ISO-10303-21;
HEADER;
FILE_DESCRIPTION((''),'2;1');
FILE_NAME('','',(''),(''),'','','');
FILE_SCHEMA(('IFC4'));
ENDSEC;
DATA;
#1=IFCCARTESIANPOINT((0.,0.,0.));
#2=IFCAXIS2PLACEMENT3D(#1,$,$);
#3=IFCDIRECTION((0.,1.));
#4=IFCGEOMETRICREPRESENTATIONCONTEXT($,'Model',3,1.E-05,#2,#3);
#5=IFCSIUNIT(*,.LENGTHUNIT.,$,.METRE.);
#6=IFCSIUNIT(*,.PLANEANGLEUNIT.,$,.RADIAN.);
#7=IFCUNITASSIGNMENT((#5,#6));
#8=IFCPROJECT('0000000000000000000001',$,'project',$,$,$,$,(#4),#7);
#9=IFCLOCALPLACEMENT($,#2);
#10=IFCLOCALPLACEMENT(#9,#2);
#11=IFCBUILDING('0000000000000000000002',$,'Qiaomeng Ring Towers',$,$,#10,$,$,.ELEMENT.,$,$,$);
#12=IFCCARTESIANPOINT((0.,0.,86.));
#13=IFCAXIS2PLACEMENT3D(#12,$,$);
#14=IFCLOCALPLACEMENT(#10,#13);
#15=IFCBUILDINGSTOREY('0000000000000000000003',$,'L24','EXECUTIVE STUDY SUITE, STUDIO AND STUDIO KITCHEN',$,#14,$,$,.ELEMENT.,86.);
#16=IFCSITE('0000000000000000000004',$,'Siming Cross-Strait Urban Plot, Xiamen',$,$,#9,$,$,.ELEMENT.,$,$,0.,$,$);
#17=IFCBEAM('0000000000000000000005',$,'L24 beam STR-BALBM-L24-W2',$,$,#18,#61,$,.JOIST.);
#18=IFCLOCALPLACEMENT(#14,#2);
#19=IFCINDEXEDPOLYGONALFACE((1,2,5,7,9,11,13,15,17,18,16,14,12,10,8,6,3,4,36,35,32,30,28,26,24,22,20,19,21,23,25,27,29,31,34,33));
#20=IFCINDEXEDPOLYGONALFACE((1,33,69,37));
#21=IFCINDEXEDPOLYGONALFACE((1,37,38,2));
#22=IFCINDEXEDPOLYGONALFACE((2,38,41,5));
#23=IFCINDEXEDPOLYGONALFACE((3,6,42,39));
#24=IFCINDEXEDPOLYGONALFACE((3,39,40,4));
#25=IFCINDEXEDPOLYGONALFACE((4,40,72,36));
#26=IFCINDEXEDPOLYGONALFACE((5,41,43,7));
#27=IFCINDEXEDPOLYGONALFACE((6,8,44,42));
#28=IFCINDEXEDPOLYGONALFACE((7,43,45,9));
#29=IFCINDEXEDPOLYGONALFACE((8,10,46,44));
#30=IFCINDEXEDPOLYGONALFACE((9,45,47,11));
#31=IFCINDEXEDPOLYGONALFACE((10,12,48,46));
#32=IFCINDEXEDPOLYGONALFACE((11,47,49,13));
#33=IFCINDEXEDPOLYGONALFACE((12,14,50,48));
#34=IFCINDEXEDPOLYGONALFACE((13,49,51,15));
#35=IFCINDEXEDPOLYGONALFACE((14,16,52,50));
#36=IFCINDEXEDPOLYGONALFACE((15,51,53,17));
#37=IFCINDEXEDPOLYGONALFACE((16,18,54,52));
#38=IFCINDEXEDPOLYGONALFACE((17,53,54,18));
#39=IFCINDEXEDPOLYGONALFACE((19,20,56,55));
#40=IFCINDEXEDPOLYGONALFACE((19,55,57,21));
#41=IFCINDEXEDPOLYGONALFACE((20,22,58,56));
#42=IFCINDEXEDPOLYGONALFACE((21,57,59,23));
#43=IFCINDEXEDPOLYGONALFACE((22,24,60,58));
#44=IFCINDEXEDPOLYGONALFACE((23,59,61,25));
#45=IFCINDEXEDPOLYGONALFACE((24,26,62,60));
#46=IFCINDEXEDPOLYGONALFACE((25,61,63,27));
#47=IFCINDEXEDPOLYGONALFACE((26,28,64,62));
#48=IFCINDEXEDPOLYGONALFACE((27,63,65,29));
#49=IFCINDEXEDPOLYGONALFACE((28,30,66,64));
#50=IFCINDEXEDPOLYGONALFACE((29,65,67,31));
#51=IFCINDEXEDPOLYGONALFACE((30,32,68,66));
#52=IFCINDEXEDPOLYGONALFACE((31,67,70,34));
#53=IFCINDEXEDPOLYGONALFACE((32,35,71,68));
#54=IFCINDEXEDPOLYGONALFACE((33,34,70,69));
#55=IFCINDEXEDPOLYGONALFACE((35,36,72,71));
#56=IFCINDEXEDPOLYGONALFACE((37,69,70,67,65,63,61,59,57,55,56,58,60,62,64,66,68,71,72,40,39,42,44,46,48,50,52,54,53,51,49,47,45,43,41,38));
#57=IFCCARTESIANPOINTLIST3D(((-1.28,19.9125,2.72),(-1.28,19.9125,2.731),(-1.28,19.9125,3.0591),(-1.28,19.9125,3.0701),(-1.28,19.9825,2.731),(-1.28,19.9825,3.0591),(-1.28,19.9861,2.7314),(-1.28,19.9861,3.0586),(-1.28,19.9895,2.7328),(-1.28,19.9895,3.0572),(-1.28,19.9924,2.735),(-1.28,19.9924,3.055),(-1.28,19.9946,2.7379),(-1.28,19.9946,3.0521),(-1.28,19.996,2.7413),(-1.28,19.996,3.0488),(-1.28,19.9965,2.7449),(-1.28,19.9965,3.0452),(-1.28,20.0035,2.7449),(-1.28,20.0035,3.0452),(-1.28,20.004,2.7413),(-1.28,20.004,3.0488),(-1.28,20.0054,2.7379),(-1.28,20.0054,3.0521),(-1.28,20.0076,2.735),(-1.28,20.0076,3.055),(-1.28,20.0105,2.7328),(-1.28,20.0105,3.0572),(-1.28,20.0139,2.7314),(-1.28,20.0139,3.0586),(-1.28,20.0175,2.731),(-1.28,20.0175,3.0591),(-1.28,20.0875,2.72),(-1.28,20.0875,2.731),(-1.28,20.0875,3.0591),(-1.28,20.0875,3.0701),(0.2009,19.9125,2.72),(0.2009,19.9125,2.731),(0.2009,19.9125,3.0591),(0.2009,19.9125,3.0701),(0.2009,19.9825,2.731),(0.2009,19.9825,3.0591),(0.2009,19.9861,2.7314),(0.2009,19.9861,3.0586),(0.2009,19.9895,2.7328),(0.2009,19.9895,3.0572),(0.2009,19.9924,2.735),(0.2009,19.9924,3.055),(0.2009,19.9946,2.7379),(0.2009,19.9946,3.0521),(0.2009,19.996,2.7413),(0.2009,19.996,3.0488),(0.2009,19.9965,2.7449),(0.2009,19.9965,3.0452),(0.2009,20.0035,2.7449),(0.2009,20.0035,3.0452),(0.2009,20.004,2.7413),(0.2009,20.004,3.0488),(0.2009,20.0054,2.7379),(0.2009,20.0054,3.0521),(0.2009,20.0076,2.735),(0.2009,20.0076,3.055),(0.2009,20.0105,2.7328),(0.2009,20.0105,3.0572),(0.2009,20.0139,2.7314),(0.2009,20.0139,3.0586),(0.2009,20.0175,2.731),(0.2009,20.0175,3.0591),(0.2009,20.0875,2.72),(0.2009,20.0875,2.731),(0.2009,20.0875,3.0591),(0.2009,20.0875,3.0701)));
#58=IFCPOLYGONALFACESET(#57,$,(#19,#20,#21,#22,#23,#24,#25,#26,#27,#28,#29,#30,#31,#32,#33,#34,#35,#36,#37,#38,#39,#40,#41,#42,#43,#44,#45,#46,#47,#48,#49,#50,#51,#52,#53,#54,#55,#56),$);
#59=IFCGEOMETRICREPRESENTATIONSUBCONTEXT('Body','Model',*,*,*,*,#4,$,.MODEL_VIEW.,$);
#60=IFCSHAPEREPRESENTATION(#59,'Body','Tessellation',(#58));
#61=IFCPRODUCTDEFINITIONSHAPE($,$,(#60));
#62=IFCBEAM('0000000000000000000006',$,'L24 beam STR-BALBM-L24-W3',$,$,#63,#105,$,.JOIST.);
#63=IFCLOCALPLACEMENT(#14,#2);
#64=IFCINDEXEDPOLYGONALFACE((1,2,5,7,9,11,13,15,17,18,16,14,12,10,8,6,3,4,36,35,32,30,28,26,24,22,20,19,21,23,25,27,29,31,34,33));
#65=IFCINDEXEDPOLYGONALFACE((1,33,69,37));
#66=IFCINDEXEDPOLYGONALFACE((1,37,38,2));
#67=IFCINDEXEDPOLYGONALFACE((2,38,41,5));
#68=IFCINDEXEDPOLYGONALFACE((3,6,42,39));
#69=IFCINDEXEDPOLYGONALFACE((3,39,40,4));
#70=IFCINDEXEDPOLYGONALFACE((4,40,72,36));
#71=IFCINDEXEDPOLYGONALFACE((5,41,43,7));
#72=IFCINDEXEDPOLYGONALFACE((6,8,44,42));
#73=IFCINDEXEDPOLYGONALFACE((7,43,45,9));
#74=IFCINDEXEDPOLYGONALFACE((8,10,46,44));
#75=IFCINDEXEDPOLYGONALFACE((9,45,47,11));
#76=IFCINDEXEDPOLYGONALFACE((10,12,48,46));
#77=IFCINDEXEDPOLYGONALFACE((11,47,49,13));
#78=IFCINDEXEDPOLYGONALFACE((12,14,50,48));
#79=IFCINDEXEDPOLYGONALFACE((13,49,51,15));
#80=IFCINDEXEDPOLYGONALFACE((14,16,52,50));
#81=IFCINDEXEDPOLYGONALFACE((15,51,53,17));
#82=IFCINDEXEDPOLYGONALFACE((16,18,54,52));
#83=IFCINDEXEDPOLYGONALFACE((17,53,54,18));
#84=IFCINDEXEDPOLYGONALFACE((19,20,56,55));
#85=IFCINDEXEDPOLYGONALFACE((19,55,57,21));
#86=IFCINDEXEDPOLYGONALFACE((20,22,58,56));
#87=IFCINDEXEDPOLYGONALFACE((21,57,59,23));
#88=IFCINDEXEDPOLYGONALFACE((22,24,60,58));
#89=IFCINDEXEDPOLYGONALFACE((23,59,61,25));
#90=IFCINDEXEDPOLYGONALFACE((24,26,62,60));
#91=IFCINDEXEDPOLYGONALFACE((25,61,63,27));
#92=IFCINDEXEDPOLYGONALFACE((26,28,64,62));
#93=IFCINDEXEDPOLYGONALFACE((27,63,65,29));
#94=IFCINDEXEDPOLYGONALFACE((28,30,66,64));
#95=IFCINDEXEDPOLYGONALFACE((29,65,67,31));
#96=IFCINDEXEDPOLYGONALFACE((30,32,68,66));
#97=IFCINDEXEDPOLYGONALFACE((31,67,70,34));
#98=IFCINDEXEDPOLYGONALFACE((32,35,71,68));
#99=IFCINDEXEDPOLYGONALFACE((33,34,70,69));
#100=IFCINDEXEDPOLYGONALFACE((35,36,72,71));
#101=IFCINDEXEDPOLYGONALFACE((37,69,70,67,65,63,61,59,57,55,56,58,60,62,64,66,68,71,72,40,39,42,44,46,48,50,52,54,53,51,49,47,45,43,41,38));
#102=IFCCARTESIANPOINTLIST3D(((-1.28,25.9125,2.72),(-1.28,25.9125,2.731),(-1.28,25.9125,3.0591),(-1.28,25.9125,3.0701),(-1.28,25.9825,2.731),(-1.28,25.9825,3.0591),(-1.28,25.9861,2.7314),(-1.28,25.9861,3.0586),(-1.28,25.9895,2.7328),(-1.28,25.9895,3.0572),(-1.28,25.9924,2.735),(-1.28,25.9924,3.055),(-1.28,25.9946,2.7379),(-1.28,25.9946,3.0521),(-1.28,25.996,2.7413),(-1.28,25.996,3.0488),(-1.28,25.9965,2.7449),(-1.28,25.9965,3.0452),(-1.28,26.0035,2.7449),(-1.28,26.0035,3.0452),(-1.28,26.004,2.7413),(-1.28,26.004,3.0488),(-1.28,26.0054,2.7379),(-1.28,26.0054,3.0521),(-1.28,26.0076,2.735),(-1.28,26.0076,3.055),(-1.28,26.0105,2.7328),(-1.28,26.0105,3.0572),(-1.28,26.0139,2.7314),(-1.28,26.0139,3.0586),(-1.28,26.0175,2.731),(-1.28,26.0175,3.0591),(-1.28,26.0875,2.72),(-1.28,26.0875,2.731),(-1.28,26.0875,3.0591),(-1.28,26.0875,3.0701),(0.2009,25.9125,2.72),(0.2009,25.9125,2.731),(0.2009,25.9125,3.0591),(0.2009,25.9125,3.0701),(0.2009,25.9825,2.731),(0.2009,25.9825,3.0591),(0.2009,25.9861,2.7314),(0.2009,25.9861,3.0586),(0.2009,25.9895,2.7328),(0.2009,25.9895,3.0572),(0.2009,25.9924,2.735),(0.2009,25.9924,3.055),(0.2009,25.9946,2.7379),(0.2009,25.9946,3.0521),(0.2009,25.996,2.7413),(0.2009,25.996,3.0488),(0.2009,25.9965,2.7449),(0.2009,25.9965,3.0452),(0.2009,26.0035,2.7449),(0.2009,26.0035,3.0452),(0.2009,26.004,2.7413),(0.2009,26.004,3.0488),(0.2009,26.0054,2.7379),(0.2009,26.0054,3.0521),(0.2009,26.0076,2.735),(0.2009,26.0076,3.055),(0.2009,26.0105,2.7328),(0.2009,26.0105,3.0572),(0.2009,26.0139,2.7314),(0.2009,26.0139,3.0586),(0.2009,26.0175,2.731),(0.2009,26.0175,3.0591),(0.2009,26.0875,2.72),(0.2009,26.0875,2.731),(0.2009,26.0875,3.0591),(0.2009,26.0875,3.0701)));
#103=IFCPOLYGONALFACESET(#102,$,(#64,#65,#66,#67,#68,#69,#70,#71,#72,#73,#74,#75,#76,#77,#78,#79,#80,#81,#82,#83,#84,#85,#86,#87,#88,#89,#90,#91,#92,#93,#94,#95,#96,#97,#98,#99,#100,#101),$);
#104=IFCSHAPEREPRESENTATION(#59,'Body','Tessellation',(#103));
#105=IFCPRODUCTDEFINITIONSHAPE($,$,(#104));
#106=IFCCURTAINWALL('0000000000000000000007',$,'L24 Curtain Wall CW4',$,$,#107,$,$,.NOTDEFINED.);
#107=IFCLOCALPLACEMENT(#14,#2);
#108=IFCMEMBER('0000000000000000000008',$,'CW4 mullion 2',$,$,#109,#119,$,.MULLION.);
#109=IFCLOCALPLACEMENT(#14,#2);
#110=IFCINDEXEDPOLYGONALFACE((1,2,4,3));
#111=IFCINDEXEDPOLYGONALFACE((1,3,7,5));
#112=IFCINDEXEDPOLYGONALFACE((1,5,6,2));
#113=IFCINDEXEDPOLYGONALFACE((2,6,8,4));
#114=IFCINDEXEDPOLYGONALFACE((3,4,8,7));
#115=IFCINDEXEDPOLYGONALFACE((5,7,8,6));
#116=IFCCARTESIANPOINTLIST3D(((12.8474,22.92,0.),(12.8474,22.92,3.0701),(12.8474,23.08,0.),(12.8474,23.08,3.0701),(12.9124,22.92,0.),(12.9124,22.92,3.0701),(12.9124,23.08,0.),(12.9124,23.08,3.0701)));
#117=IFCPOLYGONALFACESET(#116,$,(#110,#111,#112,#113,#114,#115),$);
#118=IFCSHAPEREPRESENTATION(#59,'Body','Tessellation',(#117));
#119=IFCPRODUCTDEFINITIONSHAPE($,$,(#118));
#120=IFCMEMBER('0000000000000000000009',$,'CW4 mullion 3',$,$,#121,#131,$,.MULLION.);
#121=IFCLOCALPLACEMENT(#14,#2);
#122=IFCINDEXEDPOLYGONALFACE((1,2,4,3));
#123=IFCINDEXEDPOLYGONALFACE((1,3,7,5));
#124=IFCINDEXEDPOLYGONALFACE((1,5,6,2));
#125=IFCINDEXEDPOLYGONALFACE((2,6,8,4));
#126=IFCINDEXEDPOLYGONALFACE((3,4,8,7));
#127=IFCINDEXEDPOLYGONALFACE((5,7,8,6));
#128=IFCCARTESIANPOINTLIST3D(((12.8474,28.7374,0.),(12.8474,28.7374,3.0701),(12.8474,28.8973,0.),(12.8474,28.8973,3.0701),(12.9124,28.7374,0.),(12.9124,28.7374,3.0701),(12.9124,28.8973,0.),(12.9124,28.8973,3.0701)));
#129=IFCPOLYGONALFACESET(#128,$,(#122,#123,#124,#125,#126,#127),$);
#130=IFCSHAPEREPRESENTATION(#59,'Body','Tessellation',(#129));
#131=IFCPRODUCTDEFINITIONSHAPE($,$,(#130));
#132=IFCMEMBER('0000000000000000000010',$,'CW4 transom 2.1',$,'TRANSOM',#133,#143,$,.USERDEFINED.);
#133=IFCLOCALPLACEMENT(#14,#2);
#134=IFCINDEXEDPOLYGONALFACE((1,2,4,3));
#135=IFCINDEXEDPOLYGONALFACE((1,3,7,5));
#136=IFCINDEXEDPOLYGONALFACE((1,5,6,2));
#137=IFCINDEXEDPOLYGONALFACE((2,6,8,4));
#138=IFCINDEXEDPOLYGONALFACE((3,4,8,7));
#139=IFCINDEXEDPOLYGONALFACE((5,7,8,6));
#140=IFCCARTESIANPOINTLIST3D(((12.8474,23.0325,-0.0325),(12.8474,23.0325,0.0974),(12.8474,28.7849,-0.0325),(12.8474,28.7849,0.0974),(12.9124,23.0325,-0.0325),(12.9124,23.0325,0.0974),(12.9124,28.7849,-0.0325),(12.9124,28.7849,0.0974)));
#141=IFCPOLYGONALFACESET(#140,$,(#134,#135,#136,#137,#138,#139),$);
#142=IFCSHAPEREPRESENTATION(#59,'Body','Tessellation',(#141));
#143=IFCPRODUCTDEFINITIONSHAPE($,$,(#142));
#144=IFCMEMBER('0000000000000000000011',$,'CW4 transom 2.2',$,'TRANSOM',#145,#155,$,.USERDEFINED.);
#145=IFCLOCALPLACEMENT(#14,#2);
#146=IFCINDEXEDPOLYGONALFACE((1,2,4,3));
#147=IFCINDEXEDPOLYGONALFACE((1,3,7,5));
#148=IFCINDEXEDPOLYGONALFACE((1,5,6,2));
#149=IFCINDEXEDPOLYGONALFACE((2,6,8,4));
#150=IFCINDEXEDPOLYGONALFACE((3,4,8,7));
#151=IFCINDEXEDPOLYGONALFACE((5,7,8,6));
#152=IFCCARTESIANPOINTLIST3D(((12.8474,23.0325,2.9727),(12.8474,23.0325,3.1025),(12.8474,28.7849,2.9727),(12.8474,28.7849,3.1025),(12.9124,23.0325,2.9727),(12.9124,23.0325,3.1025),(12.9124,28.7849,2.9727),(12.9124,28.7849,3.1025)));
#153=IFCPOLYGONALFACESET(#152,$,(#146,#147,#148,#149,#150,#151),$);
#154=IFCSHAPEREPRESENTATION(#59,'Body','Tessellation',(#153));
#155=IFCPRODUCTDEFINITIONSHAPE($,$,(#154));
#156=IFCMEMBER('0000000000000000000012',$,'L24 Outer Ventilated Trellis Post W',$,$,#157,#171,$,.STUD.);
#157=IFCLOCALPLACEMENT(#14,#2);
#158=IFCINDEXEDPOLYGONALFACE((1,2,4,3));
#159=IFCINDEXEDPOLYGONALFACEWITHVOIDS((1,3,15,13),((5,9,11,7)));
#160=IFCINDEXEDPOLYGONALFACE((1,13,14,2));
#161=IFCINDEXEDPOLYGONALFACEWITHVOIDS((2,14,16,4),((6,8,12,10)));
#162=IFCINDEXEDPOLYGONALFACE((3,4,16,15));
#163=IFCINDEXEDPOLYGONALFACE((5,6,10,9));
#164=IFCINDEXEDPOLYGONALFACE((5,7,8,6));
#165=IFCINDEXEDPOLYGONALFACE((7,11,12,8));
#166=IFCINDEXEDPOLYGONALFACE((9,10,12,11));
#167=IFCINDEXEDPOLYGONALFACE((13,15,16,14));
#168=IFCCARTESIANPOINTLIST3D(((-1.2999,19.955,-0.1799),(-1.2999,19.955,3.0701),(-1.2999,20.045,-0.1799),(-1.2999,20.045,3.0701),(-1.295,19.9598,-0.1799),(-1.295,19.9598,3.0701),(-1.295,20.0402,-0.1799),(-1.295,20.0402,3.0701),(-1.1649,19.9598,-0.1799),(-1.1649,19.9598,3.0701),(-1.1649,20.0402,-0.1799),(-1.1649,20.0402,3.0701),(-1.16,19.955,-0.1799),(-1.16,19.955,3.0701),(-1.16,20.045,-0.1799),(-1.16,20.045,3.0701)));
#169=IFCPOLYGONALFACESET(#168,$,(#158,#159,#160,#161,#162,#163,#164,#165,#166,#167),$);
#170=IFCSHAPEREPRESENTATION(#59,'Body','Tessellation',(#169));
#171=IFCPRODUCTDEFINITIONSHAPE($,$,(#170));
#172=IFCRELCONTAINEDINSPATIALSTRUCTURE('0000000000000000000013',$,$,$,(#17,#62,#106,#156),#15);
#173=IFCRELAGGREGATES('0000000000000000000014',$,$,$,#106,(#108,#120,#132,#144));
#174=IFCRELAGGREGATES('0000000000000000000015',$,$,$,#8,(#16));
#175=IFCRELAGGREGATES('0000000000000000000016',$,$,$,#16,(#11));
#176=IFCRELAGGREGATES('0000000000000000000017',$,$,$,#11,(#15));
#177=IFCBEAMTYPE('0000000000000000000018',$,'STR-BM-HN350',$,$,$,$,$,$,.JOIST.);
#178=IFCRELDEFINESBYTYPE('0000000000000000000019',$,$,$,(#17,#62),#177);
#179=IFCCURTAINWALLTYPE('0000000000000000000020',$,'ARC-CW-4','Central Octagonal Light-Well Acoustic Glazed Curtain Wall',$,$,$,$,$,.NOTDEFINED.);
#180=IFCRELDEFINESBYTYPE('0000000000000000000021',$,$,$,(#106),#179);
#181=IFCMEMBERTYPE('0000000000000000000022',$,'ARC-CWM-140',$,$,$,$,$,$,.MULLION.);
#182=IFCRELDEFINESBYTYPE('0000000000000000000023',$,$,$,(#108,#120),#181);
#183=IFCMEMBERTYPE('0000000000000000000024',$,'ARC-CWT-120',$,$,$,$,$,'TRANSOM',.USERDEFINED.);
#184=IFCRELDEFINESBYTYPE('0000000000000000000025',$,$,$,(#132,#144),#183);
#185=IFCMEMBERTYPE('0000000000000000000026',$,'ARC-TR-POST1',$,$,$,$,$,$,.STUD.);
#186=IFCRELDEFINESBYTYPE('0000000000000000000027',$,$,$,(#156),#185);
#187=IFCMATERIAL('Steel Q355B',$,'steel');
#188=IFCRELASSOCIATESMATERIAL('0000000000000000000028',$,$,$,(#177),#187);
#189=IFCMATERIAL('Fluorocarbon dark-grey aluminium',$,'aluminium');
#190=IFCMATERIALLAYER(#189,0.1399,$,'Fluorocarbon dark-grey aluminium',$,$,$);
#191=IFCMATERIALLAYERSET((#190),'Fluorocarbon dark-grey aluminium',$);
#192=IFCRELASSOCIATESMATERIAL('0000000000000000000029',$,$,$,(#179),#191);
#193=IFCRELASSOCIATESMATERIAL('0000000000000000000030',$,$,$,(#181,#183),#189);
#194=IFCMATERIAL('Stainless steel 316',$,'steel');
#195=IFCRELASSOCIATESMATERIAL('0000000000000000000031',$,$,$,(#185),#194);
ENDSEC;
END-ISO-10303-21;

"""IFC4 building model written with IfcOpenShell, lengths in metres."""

from ifc_helpers import new_model, si_unit, direction, frame, origin, origin_2d, place, context, subcontext, project, spatial, rectangle, hollow_rectangle, i_section, extrude, source, transform, mapped, material, layer, layer_set, material_profile, profile_set, type_object, element, aggregate, save


model = new_model("IFC4")

# Units and contexts
model_context = context("Model", 3, precision=1e-05, world=origin(), true_north=direction((0.0, 1.0)))
body_context = subcontext(model_context, "Body", "Model", "MODEL_VIEW")
ifc_project = project(units=[si_unit("LENGTHUNIT", "METRE"), si_unit("PLANEANGLEUNIT", "RADIAN")], contexts=[model_context])

# Site, building, storey
site_placement = place(None, origin())
site = spatial("IfcSite", under=ifc_project, at=site_placement, Name="Siming Cross-Strait Urban Plot, Xiamen", CompositionType="ELEMENT", RefElevation=0.0)
building_placement = place(site_placement, origin())
building = spatial("IfcBuilding", under=site, at=building_placement, Name="Qiaomeng Ring Towers", CompositionType="ELEMENT")
storey_placement = place(building_placement, frame((0.0, 0.0, 86.0)))
storey = spatial("IfcBuildingStorey", under=building, at=storey_placement, Name="L24", Description="EXECUTIVE STUDY SUITE, STUDIO AND STUDIO KITCHEN", CompositionType="ELEMENT", Elevation=86.0)

# Beams
ifc_material_1 = material(Name="Steel Q355B", Category="steel")
ifc_material_profile_1 = material_profile(ifc_material_1, i_section(OverallWidth=0.175, OverallDepth=0.3501, WebThickness=0.0071, FlangeThickness=0.011, FilletRadius=0.0139, at=origin_2d()), Name="HN 350x175x7x11")
ifc_profile_set_1 = profile_set([ifc_material_profile_1], Name="Steel Q355B")
beam_type_1 = type_object("IfcBeamType", Name="STR-BM-HN350", PredefinedType="JOIST", material=ifc_profile_set_1)
shared_shape_1 = source(origin(), body_context, "Body", "SweptSolid", [
    extrude(i_section(OverallWidth=0.175, OverallDepth=0.3501, WebThickness=0.0071, FlangeThickness=0.011, FilletRadius=0.0139, at=origin_2d()), origin(), (0.0, 0.0, 1.0), 1.481),
])
for number, where, z_axis, x_axis, name in (
    (1, (-1.28, 20.0, 2.895), (1.0, 0.0, 0.0), (0.0, 1.0, 0.0), "L24 beam STR-BALBM-L24-W2"),
    (2, (-1.28, 26.0, 2.895), (1.0, 0.0, 0.0), (0.0, 1.0, 0.0), "L24 beam STR-BALBM-L24-W3"),
):
    element("IfcBeam", number, at=place(storey_placement, frame(where, z_axis=z_axis, x_axis=x_axis)), inside=storey, type_object=beam_type_1, Name=name, PredefinedType="JOIST", context=body_context, shape_type="MappedRepresentation", body=[
        mapped(shared_shape_1, transform((0.0, 0.0, 0.0), x_axis=(1.0, 0.0, 0.0), y_axis=(0.0, 1.0, 0.0), z_axis=(0.0, 0.0, 1.0), scale=1.0)),
    ])

# Curtain wall, members
ifc_material_2 = material(Name="Fluorocarbon dark-grey aluminium", Category="aluminium")
ifc_layer_1 = layer(ifc_material_2, 0.1399, Name="Fluorocarbon dark-grey aluminium")
ifc_layer_set_1 = layer_set([ifc_layer_1], Name="Fluorocarbon dark-grey aluminium")
curtain_wall_type = type_object("IfcCurtainWallType", Name="ARC-CW-4", Description="Central Octagonal Light-Well Acoustic Glazed Curtain Wall", PredefinedType="NOTDEFINED", material=ifc_layer_set_1)
curtain_wall_placement = place(storey_placement, origin())
curtain_wall = element("IfcCurtainWall", 3, at=curtain_wall_placement, inside=storey, type_object=curtain_wall_type, Name="L24 Curtain Wall CW4", PredefinedType="NOTDEFINED")
ifc_material_profile_2 = material_profile(ifc_material_2, rectangle(XDim=0.0649, YDim=0.1599, at=origin_2d()), Name="ALU MULL 65x160")
ifc_profile_set_2 = profile_set([ifc_material_profile_2], Name="Fluorocarbon dark-grey aluminium")
member_type_1 = type_object("IfcMemberType", Name="ARC-CWM-140", PredefinedType="MULLION", material=ifc_profile_set_2)
shared_shape_2 = source(origin(), body_context, "Body", "SweptSolid", [
    extrude(rectangle(XDim=0.0649, YDim=0.1599, at=origin_2d()), origin(), (0.0, 0.0, 1.0), 3.0701),
])
member_1_placement = place(storey_placement, frame((12.8799, 23.0, 0.0), z_axis=(0.0, 0.0, 1.0), x_axis=(-1.0, 0.0, 0.0)))
member_1 = element("IfcMember", 4, at=member_1_placement, type_object=member_type_1, Name="CW4 mullion 2", PredefinedType="MULLION", context=body_context, shape_type="MappedRepresentation", body=[
    mapped(shared_shape_2, transform((0.0, 0.0, 0.0), x_axis=(1.0, 0.0, 0.0), y_axis=(0.0, 1.0, 0.0), z_axis=(0.0, 0.0, 1.0), scale=1.0)),
])
member_2_placement = place(storey_placement, frame((12.8799, 28.8174, 0.0), z_axis=(0.0, 0.0, 1.0), x_axis=(-1.0, 0.0, 0.0)))
member_2 = element("IfcMember", 5, at=member_2_placement, type_object=member_type_1, Name="CW4 mullion 3", PredefinedType="MULLION", context=body_context, shape_type="MappedRepresentation", body=[
    mapped(shared_shape_2, transform((0.0, 0.0, 0.0), x_axis=(1.0, 0.0, 0.0), y_axis=(0.0, 1.0, 0.0), z_axis=(0.0, 0.0, 1.0), scale=1.0)),
])
ifc_material_profile_3 = material_profile(ifc_material_2, rectangle(XDim=0.0649, YDim=0.1299, at=origin_2d()), Name="ALU TRAN 65x130")
ifc_profile_set_3 = profile_set([ifc_material_profile_3], Name="Fluorocarbon dark-grey aluminium")
member_type_2 = type_object("IfcMemberType", Name="ARC-CWT-120", ElementType="TRANSOM", PredefinedType="USERDEFINED", material=ifc_profile_set_3)
shared_shape_3 = source(origin(), body_context, "Body", "SweptSolid", [
    extrude(rectangle(XDim=0.0649, YDim=0.1299, at=origin_2d()), origin(), (0.0, 0.0, 1.0), 5.7524),
])
member_3_placement = place(storey_placement, frame((12.8799, 23.0325, 0.0325), z_axis=(0.0, 1.0, 0.0), x_axis=(-1.0, 0.0, 0.0)))
member_3 = element("IfcMember", 6, at=member_3_placement, type_object=member_type_2, Name="CW4 transom 2.1", ObjectType="TRANSOM", PredefinedType="USERDEFINED", context=body_context, shape_type="MappedRepresentation", body=[
    mapped(shared_shape_3, transform((0.0, 0.0, 0.0), x_axis=(1.0, 0.0, 0.0), y_axis=(0.0, 1.0, 0.0), z_axis=(0.0, 0.0, 1.0), scale=1.0)),
])
member_4_placement = place(storey_placement, frame((12.8799, 23.0325, 3.0376), z_axis=(0.0, 1.0, 0.0), x_axis=(-1.0, 0.0, 0.0)))
member_4 = element("IfcMember", 7, at=member_4_placement, type_object=member_type_2, Name="CW4 transom 2.2", ObjectType="TRANSOM", PredefinedType="USERDEFINED", context=body_context, shape_type="MappedRepresentation", body=[
    mapped(shared_shape_3, transform((0.0, 0.0, 0.0), x_axis=(1.0, 0.0, 0.0), y_axis=(0.0, 1.0, 0.0), z_axis=(0.0, 0.0, 1.0), scale=1.0)),
])

# Member
ifc_material_3 = material(Name="Stainless steel 316", Category="steel")
ifc_material_profile_4 = material_profile(ifc_material_3, hollow_rectangle(XDim=0.0901, YDim=0.1399, WallThickness=0.0049, at=origin_2d()), Name="SS TRELLIS 90x140")
ifc_profile_set_4 = profile_set([ifc_material_profile_4], Name="Stainless steel 316")
member_type_3 = type_object("IfcMemberType", Name="ARC-TR-POST1", PredefinedType="STUD", material=ifc_profile_set_4)
shared_shape_4 = source(origin(), body_context, "Body", "SweptSolid", [
    extrude(hollow_rectangle(XDim=0.0901, YDim=0.1399, WallThickness=0.0049, at=origin_2d()), origin(), (0.0, 0.0, 1.0), 3.25),
])
member_5_placement = place(storey_placement, frame((-1.23, 20.0, -0.1799), z_axis=(0.0, 0.0, 1.0), x_axis=(0.0, 1.0, 0.0)))
element("IfcMember", 8, at=member_5_placement, inside=storey, type_object=member_type_3, Name="L24 Outer Ventilated Trellis Post W", PredefinedType="STUD", context=body_context, shape_type="MappedRepresentation", body=[
    mapped(shared_shape_4, transform((0.0, 0.0, 0.0), x_axis=(1.0, 0.0, 0.0), y_axis=(0.0, 1.0, 0.0), z_axis=(0.0, 0.0, 1.0), scale=1.0)),
])

aggregate(curtain_wall, [member_1, member_2, member_3, member_4])

save(model, "model.ifc")
